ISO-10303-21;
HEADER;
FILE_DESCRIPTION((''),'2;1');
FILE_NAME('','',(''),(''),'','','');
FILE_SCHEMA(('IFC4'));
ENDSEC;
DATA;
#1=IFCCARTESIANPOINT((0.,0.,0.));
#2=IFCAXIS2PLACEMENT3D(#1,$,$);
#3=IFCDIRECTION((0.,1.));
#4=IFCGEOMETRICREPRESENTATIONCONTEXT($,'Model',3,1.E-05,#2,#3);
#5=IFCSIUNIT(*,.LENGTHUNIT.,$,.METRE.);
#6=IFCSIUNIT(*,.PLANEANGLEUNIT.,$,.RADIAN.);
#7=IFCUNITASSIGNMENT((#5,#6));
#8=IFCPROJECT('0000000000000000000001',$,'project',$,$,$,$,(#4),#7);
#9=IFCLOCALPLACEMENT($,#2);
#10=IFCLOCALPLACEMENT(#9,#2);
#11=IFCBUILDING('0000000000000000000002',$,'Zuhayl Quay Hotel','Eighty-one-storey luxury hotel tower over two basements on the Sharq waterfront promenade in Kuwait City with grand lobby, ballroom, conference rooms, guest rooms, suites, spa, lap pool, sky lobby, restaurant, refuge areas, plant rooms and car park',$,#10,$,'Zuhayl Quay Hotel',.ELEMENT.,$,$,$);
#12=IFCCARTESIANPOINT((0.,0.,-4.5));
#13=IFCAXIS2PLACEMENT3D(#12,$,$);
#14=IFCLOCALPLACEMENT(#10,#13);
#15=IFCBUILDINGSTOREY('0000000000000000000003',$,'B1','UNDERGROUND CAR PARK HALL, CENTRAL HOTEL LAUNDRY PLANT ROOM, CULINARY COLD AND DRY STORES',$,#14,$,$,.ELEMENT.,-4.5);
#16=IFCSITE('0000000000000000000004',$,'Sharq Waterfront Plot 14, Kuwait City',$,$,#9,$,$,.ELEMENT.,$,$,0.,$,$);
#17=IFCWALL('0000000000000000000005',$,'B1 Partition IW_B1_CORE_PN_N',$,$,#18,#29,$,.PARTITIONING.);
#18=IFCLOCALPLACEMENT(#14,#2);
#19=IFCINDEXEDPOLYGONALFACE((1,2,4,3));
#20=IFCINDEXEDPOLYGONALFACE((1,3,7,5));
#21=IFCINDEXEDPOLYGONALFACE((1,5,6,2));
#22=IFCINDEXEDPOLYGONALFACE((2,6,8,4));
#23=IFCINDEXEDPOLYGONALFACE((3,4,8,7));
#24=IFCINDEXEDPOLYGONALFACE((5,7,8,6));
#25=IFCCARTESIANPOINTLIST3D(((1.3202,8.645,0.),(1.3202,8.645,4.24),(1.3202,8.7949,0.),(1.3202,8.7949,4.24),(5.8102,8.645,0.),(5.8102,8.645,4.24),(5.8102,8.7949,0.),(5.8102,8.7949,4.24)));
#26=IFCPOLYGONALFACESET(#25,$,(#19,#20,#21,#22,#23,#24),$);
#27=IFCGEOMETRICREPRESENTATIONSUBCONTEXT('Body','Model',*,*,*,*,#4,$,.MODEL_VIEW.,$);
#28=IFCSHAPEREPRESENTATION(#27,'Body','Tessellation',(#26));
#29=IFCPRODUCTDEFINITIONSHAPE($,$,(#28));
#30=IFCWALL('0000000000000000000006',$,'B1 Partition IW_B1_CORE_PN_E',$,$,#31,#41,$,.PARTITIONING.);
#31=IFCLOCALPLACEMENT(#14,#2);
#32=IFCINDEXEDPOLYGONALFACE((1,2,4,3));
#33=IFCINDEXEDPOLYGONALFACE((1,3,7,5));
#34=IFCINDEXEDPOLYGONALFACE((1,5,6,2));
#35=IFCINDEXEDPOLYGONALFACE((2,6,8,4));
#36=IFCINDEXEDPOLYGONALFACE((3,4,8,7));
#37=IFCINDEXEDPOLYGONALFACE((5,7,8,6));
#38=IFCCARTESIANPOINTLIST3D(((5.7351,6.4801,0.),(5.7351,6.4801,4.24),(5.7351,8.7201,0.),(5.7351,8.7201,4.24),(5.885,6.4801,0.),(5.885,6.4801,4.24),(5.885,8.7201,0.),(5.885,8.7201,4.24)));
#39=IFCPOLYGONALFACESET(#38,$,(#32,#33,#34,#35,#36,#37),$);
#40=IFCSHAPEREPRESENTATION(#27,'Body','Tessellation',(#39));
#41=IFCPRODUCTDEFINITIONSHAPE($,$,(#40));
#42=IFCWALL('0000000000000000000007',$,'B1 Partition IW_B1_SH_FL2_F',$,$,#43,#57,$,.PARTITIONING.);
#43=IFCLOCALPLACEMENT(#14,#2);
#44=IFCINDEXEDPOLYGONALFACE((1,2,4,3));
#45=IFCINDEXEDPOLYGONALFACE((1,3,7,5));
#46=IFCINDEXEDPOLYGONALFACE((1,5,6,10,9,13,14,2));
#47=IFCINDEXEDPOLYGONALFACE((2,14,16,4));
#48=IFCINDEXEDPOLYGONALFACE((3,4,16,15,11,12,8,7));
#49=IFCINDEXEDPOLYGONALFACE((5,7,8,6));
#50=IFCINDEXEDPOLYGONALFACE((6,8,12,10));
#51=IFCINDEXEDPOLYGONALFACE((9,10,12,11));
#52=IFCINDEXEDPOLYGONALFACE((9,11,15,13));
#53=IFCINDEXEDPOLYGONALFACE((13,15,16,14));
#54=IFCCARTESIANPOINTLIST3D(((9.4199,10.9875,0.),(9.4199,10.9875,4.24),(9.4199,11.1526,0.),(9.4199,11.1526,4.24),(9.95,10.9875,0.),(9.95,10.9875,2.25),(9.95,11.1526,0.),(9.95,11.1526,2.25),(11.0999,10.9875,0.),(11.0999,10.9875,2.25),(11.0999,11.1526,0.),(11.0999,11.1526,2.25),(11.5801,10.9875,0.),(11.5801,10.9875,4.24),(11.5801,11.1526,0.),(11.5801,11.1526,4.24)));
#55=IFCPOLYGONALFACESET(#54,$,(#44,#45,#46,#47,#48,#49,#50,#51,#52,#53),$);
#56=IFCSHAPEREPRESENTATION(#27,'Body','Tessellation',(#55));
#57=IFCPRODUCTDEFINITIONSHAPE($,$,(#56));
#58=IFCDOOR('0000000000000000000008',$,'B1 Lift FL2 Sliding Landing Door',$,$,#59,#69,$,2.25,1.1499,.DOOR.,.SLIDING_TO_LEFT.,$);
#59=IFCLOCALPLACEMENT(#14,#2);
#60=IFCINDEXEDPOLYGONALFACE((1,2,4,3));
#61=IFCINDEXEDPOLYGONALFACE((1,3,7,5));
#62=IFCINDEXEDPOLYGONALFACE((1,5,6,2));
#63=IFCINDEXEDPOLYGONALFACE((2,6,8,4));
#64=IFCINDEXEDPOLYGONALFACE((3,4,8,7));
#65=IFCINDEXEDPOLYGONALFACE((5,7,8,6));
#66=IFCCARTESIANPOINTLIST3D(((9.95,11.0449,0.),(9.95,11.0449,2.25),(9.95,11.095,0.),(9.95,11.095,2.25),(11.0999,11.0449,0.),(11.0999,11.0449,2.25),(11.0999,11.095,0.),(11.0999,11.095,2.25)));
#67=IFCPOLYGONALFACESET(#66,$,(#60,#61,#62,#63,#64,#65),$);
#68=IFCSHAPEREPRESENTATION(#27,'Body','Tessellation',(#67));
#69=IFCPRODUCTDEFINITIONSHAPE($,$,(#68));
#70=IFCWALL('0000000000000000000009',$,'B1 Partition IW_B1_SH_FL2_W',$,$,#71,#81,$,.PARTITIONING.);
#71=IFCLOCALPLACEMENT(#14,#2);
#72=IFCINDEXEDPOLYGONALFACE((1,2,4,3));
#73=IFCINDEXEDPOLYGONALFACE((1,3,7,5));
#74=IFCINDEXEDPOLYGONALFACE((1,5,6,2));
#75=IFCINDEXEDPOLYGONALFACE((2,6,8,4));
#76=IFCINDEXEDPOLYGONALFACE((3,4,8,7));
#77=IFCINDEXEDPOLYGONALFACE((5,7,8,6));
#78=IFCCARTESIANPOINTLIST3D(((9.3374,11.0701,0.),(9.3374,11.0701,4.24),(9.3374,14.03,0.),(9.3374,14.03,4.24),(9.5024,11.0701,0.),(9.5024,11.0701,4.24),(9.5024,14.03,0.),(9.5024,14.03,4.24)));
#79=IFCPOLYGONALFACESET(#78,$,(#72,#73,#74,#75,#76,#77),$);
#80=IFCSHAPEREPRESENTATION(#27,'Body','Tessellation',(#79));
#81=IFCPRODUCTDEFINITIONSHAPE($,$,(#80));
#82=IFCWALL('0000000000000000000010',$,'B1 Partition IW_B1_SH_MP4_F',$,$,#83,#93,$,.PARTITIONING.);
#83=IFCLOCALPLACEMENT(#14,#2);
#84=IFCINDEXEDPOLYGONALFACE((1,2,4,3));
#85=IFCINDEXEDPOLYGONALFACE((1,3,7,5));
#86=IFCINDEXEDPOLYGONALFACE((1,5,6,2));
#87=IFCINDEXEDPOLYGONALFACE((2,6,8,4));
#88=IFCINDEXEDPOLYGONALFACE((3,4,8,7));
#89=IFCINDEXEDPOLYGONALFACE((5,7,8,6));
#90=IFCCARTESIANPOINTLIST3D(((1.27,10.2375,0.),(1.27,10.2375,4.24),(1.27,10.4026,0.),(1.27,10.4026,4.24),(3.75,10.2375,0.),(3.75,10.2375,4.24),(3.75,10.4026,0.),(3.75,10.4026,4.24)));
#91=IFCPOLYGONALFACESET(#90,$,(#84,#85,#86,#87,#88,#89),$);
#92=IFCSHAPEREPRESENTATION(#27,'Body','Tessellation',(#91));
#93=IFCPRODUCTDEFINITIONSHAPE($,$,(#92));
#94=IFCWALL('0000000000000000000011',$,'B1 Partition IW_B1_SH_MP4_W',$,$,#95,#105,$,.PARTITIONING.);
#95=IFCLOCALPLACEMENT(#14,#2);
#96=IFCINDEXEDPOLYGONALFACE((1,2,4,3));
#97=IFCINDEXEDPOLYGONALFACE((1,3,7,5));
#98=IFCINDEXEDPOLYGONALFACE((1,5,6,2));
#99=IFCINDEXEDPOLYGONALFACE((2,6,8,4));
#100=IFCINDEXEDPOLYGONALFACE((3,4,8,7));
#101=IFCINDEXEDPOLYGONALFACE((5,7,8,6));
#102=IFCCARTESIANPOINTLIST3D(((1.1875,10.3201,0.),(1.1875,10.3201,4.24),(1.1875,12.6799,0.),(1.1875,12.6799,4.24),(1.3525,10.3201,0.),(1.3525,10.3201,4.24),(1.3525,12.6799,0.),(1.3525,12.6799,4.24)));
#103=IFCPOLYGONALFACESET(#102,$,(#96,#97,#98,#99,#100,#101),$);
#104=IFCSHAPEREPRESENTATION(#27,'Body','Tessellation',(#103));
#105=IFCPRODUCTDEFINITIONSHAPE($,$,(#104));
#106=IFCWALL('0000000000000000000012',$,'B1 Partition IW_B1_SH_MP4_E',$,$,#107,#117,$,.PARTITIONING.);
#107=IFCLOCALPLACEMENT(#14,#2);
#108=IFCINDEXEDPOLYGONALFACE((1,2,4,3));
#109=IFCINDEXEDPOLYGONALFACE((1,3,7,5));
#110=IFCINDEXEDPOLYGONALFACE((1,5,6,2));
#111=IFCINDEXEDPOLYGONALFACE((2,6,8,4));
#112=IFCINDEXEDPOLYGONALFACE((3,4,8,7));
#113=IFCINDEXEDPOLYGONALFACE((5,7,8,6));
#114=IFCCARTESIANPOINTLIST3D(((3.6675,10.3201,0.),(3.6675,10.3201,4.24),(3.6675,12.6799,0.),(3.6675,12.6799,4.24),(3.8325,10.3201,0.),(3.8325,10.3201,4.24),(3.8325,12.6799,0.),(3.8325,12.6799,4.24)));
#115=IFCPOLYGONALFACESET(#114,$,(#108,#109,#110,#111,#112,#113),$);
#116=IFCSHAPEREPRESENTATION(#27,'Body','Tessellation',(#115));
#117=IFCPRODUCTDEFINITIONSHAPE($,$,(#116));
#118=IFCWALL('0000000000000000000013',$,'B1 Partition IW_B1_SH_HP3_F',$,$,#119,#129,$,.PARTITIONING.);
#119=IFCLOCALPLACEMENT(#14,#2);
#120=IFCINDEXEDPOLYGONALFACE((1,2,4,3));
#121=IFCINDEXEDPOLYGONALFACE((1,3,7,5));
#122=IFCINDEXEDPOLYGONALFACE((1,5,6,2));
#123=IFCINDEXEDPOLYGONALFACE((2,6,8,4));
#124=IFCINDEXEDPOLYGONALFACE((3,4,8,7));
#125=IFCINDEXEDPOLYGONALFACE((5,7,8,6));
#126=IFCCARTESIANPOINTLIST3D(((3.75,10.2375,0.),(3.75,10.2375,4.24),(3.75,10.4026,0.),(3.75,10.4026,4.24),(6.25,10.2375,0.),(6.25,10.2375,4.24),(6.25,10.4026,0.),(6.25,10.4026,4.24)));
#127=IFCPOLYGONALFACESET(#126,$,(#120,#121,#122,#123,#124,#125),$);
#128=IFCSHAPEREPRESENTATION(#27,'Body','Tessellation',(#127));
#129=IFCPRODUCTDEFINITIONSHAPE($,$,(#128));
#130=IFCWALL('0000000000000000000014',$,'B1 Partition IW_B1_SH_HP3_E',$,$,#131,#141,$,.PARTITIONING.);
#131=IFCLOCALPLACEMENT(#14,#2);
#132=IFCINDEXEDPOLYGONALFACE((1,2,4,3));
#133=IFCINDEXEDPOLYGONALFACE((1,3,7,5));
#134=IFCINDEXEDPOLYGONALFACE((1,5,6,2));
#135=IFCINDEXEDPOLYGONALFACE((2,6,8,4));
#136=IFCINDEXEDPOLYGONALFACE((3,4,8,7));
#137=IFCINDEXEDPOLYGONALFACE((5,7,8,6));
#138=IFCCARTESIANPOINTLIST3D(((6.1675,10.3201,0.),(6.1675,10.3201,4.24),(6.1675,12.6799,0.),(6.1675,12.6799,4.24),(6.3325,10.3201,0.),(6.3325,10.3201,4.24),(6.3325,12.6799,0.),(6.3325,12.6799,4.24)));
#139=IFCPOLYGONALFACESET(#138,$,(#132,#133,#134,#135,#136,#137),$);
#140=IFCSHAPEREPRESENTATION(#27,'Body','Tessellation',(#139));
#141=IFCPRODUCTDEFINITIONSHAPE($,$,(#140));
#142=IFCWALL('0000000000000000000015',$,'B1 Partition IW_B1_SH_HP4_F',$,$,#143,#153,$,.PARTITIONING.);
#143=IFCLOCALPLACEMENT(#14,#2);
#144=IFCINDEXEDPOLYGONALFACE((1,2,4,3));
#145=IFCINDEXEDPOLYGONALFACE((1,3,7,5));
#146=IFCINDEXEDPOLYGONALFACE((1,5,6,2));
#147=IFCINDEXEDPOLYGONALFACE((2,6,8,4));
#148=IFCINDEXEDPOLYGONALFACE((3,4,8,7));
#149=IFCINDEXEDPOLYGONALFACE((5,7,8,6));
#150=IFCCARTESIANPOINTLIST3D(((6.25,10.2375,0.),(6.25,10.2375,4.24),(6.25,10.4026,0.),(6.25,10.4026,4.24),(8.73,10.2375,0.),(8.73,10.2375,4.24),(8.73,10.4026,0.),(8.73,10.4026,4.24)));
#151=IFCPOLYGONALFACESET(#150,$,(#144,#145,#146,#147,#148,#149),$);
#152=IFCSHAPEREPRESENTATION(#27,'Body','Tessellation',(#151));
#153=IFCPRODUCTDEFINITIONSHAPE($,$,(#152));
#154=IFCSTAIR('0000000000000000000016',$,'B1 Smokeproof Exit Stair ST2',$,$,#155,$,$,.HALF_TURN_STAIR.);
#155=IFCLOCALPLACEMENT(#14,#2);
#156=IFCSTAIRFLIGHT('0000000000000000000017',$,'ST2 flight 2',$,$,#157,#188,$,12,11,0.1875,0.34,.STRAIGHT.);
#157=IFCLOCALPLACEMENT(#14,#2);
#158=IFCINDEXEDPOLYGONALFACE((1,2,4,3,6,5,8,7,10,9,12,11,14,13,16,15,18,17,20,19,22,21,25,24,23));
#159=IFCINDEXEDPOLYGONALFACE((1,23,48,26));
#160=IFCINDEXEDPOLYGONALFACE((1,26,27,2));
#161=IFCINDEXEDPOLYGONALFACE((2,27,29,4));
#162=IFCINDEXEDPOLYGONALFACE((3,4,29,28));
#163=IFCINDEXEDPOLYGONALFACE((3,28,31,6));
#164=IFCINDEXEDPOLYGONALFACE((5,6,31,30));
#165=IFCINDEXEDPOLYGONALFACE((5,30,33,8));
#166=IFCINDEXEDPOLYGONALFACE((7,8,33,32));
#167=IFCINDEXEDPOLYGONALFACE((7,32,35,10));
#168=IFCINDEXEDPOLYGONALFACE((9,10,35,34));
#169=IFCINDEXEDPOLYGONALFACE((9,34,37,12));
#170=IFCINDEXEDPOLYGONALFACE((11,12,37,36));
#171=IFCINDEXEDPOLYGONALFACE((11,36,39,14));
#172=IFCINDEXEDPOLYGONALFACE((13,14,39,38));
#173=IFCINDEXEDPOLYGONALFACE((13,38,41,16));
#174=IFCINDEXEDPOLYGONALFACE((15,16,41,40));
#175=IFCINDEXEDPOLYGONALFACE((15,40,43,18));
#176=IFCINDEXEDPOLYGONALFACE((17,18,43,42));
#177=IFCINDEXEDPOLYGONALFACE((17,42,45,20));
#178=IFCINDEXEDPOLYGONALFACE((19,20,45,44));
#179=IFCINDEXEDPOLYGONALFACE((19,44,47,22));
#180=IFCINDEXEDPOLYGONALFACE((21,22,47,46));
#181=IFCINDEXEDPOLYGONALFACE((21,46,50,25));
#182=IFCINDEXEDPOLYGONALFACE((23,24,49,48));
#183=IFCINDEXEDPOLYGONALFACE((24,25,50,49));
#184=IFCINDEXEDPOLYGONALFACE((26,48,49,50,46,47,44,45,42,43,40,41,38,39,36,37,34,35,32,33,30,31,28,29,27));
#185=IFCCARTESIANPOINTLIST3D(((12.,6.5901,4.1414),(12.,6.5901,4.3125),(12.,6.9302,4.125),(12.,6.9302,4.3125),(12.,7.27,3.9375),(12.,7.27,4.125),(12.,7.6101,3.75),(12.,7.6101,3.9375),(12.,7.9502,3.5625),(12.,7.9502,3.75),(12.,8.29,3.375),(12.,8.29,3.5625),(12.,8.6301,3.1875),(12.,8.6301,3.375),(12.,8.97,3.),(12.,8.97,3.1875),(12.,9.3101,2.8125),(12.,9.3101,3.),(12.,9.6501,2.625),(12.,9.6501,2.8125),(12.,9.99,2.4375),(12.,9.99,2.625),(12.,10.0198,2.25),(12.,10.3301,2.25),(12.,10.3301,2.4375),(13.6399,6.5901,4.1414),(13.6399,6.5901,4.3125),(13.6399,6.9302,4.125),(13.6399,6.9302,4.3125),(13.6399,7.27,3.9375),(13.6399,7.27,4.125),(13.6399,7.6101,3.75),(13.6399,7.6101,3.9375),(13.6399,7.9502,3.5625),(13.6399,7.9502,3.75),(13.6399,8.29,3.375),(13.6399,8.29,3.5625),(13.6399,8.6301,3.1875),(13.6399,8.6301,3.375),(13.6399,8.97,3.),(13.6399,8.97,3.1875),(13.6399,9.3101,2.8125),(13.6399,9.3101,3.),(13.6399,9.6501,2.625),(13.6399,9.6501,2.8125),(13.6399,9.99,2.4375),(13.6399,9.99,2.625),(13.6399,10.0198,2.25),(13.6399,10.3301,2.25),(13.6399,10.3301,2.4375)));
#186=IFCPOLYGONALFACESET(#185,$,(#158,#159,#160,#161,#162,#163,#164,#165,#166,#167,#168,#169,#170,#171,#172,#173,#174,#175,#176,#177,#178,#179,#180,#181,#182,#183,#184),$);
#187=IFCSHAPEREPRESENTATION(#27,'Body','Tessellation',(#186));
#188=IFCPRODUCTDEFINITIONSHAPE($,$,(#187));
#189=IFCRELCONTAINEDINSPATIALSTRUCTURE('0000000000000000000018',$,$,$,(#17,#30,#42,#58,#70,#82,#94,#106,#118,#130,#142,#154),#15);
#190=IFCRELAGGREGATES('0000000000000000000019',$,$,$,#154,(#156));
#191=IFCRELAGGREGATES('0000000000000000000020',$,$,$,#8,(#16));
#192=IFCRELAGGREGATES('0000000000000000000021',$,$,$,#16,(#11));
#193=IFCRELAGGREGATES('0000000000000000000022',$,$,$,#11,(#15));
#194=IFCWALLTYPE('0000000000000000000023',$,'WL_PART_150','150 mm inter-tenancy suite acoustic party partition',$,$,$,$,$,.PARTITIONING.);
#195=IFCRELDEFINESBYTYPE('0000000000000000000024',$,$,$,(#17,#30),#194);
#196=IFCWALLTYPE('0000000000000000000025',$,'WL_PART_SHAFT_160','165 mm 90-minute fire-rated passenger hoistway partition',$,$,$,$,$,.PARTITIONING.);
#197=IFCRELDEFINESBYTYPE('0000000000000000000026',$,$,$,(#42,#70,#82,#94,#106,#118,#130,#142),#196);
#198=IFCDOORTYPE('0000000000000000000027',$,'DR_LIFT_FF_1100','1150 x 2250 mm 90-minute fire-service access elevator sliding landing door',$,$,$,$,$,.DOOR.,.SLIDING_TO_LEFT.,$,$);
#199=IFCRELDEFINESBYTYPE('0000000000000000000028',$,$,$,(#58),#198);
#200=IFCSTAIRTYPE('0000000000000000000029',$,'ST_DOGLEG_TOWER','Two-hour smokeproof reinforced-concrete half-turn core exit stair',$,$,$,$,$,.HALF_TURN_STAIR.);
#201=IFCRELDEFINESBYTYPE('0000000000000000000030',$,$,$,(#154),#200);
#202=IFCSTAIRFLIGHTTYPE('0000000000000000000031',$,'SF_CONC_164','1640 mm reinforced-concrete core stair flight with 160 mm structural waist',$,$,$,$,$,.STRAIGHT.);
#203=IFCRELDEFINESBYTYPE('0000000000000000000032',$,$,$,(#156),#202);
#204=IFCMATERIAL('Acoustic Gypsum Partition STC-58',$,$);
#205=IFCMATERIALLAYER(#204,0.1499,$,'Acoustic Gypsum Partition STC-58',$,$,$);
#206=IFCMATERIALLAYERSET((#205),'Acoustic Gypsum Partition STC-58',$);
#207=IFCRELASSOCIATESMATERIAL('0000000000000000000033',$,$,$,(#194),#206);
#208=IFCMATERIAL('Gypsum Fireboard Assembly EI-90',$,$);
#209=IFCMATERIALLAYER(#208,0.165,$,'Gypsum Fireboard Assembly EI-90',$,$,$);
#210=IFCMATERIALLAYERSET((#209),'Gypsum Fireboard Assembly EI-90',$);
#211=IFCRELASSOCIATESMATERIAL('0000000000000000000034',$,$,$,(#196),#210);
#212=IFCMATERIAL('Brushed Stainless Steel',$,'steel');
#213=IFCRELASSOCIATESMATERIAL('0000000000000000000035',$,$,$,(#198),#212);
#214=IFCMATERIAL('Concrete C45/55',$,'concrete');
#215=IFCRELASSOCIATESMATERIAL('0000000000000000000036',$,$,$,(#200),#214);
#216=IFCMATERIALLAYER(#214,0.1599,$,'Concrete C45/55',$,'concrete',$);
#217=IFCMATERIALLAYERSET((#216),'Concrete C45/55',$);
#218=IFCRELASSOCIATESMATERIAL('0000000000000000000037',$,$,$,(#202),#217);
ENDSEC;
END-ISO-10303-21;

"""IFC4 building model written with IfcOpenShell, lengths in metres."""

from ifc_helpers import new_model, si_unit, direction, frame, frame_2d, origin, place, context, subcontext, project, spatial, polyline, rectangle, outline, extrude, material, layer, layer_set, type_object, element, fill, aggregate, save


model = new_model("IFC4")

# Units and contexts
model_context = context("Model", 3, precision=1e-05, world=origin(), true_north=direction((0.0, 1.0)))
body_context = subcontext(model_context, "Body", "Model", "MODEL_VIEW")
ifc_project = project(units=[si_unit("LENGTHUNIT", "METRE"), si_unit("PLANEANGLEUNIT", "RADIAN")], contexts=[model_context])

# Site, building, storey
site_placement = place(None, origin())
site = spatial("IfcSite", under=ifc_project, at=site_placement, Name="Sharq Waterfront Plot 14, Kuwait City", CompositionType="ELEMENT", RefElevation=0.0)
building_placement = place(site_placement, origin())
building = spatial("IfcBuilding", under=site, at=building_placement, Name="Zuhayl Quay Hotel", Description="Eighty-one-storey luxury hotel tower over two basements on the Sharq waterfront promenade in Kuwait City with grand lobby, ballroom, conference rooms, guest rooms, suites, spa, lap pool, sky lobby, restaurant, refuge areas, plant rooms and car park", LongName="Zuhayl Quay Hotel", CompositionType="ELEMENT")
storey_placement = place(building_placement, frame((0.0, 0.0, -4.5)))
storey = spatial("IfcBuildingStorey", under=building, at=storey_placement, Name="B1", Description="UNDERGROUND CAR PARK HALL, CENTRAL HOTEL LAUNDRY PLANT ROOM, CULINARY COLD AND DRY STORES", CompositionType="ELEMENT", Elevation=-4.5)

# Walls
ifc_material_1 = material(Name="Acoustic Gypsum Partition STC-58")
ifc_layer_1 = layer(ifc_material_1, 0.1499, Name="Acoustic Gypsum Partition STC-58")
ifc_layer_set_1 = layer_set([ifc_layer_1], Name="Acoustic Gypsum Partition STC-58")
wall_type_1 = type_object("IfcWallType", Name="WL_PART_150", Description="150 mm inter-tenancy suite acoustic party partition", PredefinedType="PARTITIONING", material=ifc_layer_set_1)
wall_1_placement = place(storey_placement, frame((1.3201, 8.72, 0.0), z_axis=(0.0, 0.0, 1.0), x_axis=(1.0, 0.0, 0.0)))
element("IfcWall", 1, at=wall_1_placement, inside=storey, type_object=wall_type_1, Name="B1 Partition IW_B1_CORE_PN_N", PredefinedType="PARTITIONING", context=body_context, shape_type="SweptSolid", body=[
    extrude(rectangle(XDim=4.49, YDim=0.1499, at=frame_2d((2.2451, 0.0))), origin(), (0.0, 0.0, 1.0), 4.24),
])
wall_2_placement = place(storey_placement, frame((5.8101, 6.48, 0.0), z_axis=(0.0, 0.0, 1.0), x_axis=(0.0, 1.0, 0.0)))
element("IfcWall", 2, at=wall_2_placement, inside=storey, type_object=wall_type_1, Name="B1 Partition IW_B1_CORE_PN_E", PredefinedType="PARTITIONING", context=body_context, shape_type="SweptSolid", body=[
    extrude(rectangle(XDim=2.24, YDim=0.1499, at=frame_2d((1.1201, 0.0))), origin(), (0.0, 0.0, 1.0), 4.24),
])

# Wall, opening, door
ifc_material_2 = material(Name="Gypsum Fireboard Assembly EI-90")
ifc_layer_2 = layer(ifc_material_2, 0.165, Name="Gypsum Fireboard Assembly EI-90")
ifc_layer_set_2 = layer_set([ifc_layer_2], Name="Gypsum Fireboard Assembly EI-90")
wall_type_2 = type_object("IfcWallType", Name="WL_PART_SHAFT_160", Description="165 mm 90-minute fire-rated passenger hoistway partition", PredefinedType="PARTITIONING", material=ifc_layer_set_2)
wall_3_placement = place(storey_placement, frame((9.4199, 11.0701, 0.0), z_axis=(0.0, 0.0, 1.0), x_axis=(1.0, 0.0, 0.0)))
wall_3 = element("IfcWall", 3, at=wall_3_placement, inside=storey, type_object=wall_type_2, Name="B1 Partition IW_B1_SH_FL2_F", PredefinedType="PARTITIONING", context=body_context, shape_type="SweptSolid", body=[
    extrude(rectangle(XDim=2.1602, YDim=0.165, at=frame_2d((1.0801, 0.0))), origin(), (0.0, 0.0, 1.0), 4.24),
])
opening_placement = place(wall_3_placement, frame((0.53, 0.0, 0.0)))
opening = element("IfcOpeningElement", 4, at=opening_placement, cuts=wall_3, PredefinedType="OPENING", context=body_context, shape_type="SweptSolid", body=[
    extrude(rectangle(XDim=1.1499, YDim=2.25, at=frame_2d((0.575, 1.125))), frame((0.0, 0.0925, 0.0), z_axis=(0.0, -1.0, 0.0), x_axis=(1.0, 0.0, 0.0)), (0.0, 0.0, 1.0), 0.1851),
])
ifc_material_3 = material(Name="Brushed Stainless Steel", Category="steel")
door_type = type_object("IfcDoorType", Name="DR_LIFT_FF_1100", Description="1150 x 2250 mm 90-minute fire-service access elevator sliding landing door", OperationType="SLIDING_TO_LEFT", PredefinedType="DOOR", material=ifc_material_3)
door_placement = place(opening_placement, origin())
door = element("IfcDoor", 5, at=door_placement, inside=storey, type_object=door_type, Name="B1 Lift FL2 Sliding Landing Door", OperationType="SLIDING_TO_LEFT", OverallHeight=2.25, OverallWidth=1.1499, PredefinedType="DOOR", context=body_context, shape_type="SweptSolid", body=[
    extrude(rectangle(XDim=1.1499, YDim=2.25, at=frame_2d((0.575, 1.125))), frame((0.0, 0.0249, 0.0), z_axis=(0.0, -1.0, 0.0), x_axis=(1.0, 0.0, 0.0)), (0.0, 0.0, 1.0), 0.05),
])
fill(opening, door)

# Walls
wall_4_placement = place(storey_placement, frame((9.4199, 11.0701, 0.0), z_axis=(0.0, 0.0, 1.0), x_axis=(0.0, 1.0, 0.0)))
element("IfcWall", 6, at=wall_4_placement, inside=storey, type_object=wall_type_2, Name="B1 Partition IW_B1_SH_FL2_W", PredefinedType="PARTITIONING", context=body_context, shape_type="SweptSolid", body=[
    extrude(rectangle(XDim=2.96, YDim=0.165, at=frame_2d((1.48, 0.0))), origin(), (0.0, 0.0, 1.0), 4.24),
])
wall_5_placement = place(storey_placement, frame((1.27, 10.3201, 0.0), z_axis=(0.0, 0.0, 1.0), x_axis=(1.0, 0.0, 0.0)))
element("IfcWall", 7, at=wall_5_placement, inside=storey, type_object=wall_type_2, Name="B1 Partition IW_B1_SH_MP4_F", PredefinedType="PARTITIONING", context=body_context, shape_type="SweptSolid", body=[
    extrude(rectangle(XDim=2.48, YDim=0.165, at=frame_2d((1.24, 0.0))), origin(), (0.0, 0.0, 1.0), 4.24),
])
for number, where, z_axis, x_axis, name in (
    (8, (1.27, 10.3201, 0.0), (0.0, 0.0, 1.0), (0.0, 1.0, 0.0), "B1 Partition IW_B1_SH_MP4_W"),
    (9, (3.75, 10.3201, 0.0), (0.0, 0.0, 1.0), (0.0, 1.0, 0.0), "B1 Partition IW_B1_SH_MP4_E"),
):
    element("IfcWall", number, at=place(storey_placement, frame(where, z_axis=z_axis, x_axis=x_axis)), inside=storey, type_object=wall_type_2, Name=name, PredefinedType="PARTITIONING", context=body_context, shape_type="SweptSolid", body=[
        extrude(rectangle(XDim=2.3599, YDim=0.165, at=frame_2d((1.1799, 0.0))), origin(), (0.0, 0.0, 1.0), 4.24),
    ])
wall_6_placement = place(storey_placement, frame((3.75, 10.3201, 0.0), z_axis=(0.0, 0.0, 1.0), x_axis=(1.0, 0.0, 0.0)))
element("IfcWall", 10, at=wall_6_placement, inside=storey, type_object=wall_type_2, Name="B1 Partition IW_B1_SH_HP3_F", PredefinedType="PARTITIONING", context=body_context, shape_type="SweptSolid", body=[
    extrude(rectangle(XDim=2.5, YDim=0.165, at=frame_2d((1.25, 0.0))), origin(), (0.0, 0.0, 1.0), 4.24),
])
wall_7_placement = place(storey_placement, frame((6.25, 10.3201, 0.0), z_axis=(0.0, 0.0, 1.0), x_axis=(0.0, 1.0, 0.0)))
element("IfcWall", 11, at=wall_7_placement, inside=storey, type_object=wall_type_2, Name="B1 Partition IW_B1_SH_HP3_E", PredefinedType="PARTITIONING", context=body_context, shape_type="SweptSolid", body=[
    extrude(rectangle(XDim=2.3599, YDim=0.165, at=frame_2d((1.1799, 0.0))), origin(), (0.0, 0.0, 1.0), 4.24),
])
wall_8_placement = place(storey_placement, frame((6.25, 10.3201, 0.0), z_axis=(0.0, 0.0, 1.0), x_axis=(1.0, 0.0, 0.0)))
element("IfcWall", 12, at=wall_8_placement, inside=storey, type_object=wall_type_2, Name="B1 Partition IW_B1_SH_HP4_F", PredefinedType="PARTITIONING", context=body_context, shape_type="SweptSolid", body=[
    extrude(rectangle(XDim=2.48, YDim=0.165, at=frame_2d((1.24, 0.0))), origin(), (0.0, 0.0, 1.0), 4.24),
])

# Stair, stair flight
ifc_material_4 = material(Name="Concrete C45/55", Category="concrete")
stair_type = type_object("IfcStairType", Name="ST_DOGLEG_TOWER", Description="Two-hour smokeproof reinforced-concrete half-turn core exit stair", PredefinedType="HALF_TURN_STAIR", material=ifc_material_4)
stair_placement = place(storey_placement, origin())
stair = element("IfcStair", 13, at=stair_placement, inside=storey, type_object=stair_type, Name="B1 Smokeproof Exit Stair ST2", PredefinedType="HALF_TURN_STAIR")
ifc_layer_3 = layer(ifc_material_4, 0.1599, Name="Concrete C45/55", Category="concrete")
ifc_layer_set_3 = layer_set([ifc_layer_3], Name="Concrete C45/55")
stair_flight_type = type_object("IfcStairFlightType", Name="SF_CONC_164", Description="1640 mm reinforced-concrete core stair flight with 160 mm structural waist", PredefinedType="STRAIGHT", material=ifc_layer_set_3)
stair_flight_placement = place(storey_placement, frame((12.8201, 10.3301, 2.25), z_axis=(0.0, 0.0, 1.0), x_axis=(0.0, -1.0, 0.0)))
stair_flight = element("IfcStairFlight", 14, at=stair_flight_placement, type_object=stair_flight_type, Name="ST2 flight 2", NumberOfRisers=12, NumberOfTreads=11, PredefinedType="STRAIGHT", RiserHeight=0.1875, TreadLength=0.34, context=body_context, shape_type="SweptSolid", body=[
    extrude(outline(polyline([(0.0, 0.0), (0.0, 0.1875), (0.3401, 0.1875), (0.3401, 0.375), (0.6799, 0.375), (0.6799, 0.5625), (1.02, 0.5625), (1.02, 0.75), (1.3601, 0.75), (1.3601, 0.9375), (1.7, 0.9375), (1.7, 1.125), (2.04, 1.125), (2.04, 1.3125), (2.3799, 1.3125), (2.3799, 1.5), (2.72, 1.5), (2.72, 1.6875), (3.0601, 1.6875), (3.0601, 1.875), (3.3999, 1.875), (3.3999, 2.0625), (3.74, 2.0625), (3.74, 2.25), (3.74, 1.8914), (0.3103, 0.0), (0.0, 0.0)])), frame((0.0, 0.8198, 0.0), z_axis=(0.0, -1.0, 0.0), x_axis=(1.0, 0.0, 0.0)), (0.0, 0.0, 1.0), 1.6399),
])
aggregate(stair, [stair_flight])

save(model, "model.ifc")
